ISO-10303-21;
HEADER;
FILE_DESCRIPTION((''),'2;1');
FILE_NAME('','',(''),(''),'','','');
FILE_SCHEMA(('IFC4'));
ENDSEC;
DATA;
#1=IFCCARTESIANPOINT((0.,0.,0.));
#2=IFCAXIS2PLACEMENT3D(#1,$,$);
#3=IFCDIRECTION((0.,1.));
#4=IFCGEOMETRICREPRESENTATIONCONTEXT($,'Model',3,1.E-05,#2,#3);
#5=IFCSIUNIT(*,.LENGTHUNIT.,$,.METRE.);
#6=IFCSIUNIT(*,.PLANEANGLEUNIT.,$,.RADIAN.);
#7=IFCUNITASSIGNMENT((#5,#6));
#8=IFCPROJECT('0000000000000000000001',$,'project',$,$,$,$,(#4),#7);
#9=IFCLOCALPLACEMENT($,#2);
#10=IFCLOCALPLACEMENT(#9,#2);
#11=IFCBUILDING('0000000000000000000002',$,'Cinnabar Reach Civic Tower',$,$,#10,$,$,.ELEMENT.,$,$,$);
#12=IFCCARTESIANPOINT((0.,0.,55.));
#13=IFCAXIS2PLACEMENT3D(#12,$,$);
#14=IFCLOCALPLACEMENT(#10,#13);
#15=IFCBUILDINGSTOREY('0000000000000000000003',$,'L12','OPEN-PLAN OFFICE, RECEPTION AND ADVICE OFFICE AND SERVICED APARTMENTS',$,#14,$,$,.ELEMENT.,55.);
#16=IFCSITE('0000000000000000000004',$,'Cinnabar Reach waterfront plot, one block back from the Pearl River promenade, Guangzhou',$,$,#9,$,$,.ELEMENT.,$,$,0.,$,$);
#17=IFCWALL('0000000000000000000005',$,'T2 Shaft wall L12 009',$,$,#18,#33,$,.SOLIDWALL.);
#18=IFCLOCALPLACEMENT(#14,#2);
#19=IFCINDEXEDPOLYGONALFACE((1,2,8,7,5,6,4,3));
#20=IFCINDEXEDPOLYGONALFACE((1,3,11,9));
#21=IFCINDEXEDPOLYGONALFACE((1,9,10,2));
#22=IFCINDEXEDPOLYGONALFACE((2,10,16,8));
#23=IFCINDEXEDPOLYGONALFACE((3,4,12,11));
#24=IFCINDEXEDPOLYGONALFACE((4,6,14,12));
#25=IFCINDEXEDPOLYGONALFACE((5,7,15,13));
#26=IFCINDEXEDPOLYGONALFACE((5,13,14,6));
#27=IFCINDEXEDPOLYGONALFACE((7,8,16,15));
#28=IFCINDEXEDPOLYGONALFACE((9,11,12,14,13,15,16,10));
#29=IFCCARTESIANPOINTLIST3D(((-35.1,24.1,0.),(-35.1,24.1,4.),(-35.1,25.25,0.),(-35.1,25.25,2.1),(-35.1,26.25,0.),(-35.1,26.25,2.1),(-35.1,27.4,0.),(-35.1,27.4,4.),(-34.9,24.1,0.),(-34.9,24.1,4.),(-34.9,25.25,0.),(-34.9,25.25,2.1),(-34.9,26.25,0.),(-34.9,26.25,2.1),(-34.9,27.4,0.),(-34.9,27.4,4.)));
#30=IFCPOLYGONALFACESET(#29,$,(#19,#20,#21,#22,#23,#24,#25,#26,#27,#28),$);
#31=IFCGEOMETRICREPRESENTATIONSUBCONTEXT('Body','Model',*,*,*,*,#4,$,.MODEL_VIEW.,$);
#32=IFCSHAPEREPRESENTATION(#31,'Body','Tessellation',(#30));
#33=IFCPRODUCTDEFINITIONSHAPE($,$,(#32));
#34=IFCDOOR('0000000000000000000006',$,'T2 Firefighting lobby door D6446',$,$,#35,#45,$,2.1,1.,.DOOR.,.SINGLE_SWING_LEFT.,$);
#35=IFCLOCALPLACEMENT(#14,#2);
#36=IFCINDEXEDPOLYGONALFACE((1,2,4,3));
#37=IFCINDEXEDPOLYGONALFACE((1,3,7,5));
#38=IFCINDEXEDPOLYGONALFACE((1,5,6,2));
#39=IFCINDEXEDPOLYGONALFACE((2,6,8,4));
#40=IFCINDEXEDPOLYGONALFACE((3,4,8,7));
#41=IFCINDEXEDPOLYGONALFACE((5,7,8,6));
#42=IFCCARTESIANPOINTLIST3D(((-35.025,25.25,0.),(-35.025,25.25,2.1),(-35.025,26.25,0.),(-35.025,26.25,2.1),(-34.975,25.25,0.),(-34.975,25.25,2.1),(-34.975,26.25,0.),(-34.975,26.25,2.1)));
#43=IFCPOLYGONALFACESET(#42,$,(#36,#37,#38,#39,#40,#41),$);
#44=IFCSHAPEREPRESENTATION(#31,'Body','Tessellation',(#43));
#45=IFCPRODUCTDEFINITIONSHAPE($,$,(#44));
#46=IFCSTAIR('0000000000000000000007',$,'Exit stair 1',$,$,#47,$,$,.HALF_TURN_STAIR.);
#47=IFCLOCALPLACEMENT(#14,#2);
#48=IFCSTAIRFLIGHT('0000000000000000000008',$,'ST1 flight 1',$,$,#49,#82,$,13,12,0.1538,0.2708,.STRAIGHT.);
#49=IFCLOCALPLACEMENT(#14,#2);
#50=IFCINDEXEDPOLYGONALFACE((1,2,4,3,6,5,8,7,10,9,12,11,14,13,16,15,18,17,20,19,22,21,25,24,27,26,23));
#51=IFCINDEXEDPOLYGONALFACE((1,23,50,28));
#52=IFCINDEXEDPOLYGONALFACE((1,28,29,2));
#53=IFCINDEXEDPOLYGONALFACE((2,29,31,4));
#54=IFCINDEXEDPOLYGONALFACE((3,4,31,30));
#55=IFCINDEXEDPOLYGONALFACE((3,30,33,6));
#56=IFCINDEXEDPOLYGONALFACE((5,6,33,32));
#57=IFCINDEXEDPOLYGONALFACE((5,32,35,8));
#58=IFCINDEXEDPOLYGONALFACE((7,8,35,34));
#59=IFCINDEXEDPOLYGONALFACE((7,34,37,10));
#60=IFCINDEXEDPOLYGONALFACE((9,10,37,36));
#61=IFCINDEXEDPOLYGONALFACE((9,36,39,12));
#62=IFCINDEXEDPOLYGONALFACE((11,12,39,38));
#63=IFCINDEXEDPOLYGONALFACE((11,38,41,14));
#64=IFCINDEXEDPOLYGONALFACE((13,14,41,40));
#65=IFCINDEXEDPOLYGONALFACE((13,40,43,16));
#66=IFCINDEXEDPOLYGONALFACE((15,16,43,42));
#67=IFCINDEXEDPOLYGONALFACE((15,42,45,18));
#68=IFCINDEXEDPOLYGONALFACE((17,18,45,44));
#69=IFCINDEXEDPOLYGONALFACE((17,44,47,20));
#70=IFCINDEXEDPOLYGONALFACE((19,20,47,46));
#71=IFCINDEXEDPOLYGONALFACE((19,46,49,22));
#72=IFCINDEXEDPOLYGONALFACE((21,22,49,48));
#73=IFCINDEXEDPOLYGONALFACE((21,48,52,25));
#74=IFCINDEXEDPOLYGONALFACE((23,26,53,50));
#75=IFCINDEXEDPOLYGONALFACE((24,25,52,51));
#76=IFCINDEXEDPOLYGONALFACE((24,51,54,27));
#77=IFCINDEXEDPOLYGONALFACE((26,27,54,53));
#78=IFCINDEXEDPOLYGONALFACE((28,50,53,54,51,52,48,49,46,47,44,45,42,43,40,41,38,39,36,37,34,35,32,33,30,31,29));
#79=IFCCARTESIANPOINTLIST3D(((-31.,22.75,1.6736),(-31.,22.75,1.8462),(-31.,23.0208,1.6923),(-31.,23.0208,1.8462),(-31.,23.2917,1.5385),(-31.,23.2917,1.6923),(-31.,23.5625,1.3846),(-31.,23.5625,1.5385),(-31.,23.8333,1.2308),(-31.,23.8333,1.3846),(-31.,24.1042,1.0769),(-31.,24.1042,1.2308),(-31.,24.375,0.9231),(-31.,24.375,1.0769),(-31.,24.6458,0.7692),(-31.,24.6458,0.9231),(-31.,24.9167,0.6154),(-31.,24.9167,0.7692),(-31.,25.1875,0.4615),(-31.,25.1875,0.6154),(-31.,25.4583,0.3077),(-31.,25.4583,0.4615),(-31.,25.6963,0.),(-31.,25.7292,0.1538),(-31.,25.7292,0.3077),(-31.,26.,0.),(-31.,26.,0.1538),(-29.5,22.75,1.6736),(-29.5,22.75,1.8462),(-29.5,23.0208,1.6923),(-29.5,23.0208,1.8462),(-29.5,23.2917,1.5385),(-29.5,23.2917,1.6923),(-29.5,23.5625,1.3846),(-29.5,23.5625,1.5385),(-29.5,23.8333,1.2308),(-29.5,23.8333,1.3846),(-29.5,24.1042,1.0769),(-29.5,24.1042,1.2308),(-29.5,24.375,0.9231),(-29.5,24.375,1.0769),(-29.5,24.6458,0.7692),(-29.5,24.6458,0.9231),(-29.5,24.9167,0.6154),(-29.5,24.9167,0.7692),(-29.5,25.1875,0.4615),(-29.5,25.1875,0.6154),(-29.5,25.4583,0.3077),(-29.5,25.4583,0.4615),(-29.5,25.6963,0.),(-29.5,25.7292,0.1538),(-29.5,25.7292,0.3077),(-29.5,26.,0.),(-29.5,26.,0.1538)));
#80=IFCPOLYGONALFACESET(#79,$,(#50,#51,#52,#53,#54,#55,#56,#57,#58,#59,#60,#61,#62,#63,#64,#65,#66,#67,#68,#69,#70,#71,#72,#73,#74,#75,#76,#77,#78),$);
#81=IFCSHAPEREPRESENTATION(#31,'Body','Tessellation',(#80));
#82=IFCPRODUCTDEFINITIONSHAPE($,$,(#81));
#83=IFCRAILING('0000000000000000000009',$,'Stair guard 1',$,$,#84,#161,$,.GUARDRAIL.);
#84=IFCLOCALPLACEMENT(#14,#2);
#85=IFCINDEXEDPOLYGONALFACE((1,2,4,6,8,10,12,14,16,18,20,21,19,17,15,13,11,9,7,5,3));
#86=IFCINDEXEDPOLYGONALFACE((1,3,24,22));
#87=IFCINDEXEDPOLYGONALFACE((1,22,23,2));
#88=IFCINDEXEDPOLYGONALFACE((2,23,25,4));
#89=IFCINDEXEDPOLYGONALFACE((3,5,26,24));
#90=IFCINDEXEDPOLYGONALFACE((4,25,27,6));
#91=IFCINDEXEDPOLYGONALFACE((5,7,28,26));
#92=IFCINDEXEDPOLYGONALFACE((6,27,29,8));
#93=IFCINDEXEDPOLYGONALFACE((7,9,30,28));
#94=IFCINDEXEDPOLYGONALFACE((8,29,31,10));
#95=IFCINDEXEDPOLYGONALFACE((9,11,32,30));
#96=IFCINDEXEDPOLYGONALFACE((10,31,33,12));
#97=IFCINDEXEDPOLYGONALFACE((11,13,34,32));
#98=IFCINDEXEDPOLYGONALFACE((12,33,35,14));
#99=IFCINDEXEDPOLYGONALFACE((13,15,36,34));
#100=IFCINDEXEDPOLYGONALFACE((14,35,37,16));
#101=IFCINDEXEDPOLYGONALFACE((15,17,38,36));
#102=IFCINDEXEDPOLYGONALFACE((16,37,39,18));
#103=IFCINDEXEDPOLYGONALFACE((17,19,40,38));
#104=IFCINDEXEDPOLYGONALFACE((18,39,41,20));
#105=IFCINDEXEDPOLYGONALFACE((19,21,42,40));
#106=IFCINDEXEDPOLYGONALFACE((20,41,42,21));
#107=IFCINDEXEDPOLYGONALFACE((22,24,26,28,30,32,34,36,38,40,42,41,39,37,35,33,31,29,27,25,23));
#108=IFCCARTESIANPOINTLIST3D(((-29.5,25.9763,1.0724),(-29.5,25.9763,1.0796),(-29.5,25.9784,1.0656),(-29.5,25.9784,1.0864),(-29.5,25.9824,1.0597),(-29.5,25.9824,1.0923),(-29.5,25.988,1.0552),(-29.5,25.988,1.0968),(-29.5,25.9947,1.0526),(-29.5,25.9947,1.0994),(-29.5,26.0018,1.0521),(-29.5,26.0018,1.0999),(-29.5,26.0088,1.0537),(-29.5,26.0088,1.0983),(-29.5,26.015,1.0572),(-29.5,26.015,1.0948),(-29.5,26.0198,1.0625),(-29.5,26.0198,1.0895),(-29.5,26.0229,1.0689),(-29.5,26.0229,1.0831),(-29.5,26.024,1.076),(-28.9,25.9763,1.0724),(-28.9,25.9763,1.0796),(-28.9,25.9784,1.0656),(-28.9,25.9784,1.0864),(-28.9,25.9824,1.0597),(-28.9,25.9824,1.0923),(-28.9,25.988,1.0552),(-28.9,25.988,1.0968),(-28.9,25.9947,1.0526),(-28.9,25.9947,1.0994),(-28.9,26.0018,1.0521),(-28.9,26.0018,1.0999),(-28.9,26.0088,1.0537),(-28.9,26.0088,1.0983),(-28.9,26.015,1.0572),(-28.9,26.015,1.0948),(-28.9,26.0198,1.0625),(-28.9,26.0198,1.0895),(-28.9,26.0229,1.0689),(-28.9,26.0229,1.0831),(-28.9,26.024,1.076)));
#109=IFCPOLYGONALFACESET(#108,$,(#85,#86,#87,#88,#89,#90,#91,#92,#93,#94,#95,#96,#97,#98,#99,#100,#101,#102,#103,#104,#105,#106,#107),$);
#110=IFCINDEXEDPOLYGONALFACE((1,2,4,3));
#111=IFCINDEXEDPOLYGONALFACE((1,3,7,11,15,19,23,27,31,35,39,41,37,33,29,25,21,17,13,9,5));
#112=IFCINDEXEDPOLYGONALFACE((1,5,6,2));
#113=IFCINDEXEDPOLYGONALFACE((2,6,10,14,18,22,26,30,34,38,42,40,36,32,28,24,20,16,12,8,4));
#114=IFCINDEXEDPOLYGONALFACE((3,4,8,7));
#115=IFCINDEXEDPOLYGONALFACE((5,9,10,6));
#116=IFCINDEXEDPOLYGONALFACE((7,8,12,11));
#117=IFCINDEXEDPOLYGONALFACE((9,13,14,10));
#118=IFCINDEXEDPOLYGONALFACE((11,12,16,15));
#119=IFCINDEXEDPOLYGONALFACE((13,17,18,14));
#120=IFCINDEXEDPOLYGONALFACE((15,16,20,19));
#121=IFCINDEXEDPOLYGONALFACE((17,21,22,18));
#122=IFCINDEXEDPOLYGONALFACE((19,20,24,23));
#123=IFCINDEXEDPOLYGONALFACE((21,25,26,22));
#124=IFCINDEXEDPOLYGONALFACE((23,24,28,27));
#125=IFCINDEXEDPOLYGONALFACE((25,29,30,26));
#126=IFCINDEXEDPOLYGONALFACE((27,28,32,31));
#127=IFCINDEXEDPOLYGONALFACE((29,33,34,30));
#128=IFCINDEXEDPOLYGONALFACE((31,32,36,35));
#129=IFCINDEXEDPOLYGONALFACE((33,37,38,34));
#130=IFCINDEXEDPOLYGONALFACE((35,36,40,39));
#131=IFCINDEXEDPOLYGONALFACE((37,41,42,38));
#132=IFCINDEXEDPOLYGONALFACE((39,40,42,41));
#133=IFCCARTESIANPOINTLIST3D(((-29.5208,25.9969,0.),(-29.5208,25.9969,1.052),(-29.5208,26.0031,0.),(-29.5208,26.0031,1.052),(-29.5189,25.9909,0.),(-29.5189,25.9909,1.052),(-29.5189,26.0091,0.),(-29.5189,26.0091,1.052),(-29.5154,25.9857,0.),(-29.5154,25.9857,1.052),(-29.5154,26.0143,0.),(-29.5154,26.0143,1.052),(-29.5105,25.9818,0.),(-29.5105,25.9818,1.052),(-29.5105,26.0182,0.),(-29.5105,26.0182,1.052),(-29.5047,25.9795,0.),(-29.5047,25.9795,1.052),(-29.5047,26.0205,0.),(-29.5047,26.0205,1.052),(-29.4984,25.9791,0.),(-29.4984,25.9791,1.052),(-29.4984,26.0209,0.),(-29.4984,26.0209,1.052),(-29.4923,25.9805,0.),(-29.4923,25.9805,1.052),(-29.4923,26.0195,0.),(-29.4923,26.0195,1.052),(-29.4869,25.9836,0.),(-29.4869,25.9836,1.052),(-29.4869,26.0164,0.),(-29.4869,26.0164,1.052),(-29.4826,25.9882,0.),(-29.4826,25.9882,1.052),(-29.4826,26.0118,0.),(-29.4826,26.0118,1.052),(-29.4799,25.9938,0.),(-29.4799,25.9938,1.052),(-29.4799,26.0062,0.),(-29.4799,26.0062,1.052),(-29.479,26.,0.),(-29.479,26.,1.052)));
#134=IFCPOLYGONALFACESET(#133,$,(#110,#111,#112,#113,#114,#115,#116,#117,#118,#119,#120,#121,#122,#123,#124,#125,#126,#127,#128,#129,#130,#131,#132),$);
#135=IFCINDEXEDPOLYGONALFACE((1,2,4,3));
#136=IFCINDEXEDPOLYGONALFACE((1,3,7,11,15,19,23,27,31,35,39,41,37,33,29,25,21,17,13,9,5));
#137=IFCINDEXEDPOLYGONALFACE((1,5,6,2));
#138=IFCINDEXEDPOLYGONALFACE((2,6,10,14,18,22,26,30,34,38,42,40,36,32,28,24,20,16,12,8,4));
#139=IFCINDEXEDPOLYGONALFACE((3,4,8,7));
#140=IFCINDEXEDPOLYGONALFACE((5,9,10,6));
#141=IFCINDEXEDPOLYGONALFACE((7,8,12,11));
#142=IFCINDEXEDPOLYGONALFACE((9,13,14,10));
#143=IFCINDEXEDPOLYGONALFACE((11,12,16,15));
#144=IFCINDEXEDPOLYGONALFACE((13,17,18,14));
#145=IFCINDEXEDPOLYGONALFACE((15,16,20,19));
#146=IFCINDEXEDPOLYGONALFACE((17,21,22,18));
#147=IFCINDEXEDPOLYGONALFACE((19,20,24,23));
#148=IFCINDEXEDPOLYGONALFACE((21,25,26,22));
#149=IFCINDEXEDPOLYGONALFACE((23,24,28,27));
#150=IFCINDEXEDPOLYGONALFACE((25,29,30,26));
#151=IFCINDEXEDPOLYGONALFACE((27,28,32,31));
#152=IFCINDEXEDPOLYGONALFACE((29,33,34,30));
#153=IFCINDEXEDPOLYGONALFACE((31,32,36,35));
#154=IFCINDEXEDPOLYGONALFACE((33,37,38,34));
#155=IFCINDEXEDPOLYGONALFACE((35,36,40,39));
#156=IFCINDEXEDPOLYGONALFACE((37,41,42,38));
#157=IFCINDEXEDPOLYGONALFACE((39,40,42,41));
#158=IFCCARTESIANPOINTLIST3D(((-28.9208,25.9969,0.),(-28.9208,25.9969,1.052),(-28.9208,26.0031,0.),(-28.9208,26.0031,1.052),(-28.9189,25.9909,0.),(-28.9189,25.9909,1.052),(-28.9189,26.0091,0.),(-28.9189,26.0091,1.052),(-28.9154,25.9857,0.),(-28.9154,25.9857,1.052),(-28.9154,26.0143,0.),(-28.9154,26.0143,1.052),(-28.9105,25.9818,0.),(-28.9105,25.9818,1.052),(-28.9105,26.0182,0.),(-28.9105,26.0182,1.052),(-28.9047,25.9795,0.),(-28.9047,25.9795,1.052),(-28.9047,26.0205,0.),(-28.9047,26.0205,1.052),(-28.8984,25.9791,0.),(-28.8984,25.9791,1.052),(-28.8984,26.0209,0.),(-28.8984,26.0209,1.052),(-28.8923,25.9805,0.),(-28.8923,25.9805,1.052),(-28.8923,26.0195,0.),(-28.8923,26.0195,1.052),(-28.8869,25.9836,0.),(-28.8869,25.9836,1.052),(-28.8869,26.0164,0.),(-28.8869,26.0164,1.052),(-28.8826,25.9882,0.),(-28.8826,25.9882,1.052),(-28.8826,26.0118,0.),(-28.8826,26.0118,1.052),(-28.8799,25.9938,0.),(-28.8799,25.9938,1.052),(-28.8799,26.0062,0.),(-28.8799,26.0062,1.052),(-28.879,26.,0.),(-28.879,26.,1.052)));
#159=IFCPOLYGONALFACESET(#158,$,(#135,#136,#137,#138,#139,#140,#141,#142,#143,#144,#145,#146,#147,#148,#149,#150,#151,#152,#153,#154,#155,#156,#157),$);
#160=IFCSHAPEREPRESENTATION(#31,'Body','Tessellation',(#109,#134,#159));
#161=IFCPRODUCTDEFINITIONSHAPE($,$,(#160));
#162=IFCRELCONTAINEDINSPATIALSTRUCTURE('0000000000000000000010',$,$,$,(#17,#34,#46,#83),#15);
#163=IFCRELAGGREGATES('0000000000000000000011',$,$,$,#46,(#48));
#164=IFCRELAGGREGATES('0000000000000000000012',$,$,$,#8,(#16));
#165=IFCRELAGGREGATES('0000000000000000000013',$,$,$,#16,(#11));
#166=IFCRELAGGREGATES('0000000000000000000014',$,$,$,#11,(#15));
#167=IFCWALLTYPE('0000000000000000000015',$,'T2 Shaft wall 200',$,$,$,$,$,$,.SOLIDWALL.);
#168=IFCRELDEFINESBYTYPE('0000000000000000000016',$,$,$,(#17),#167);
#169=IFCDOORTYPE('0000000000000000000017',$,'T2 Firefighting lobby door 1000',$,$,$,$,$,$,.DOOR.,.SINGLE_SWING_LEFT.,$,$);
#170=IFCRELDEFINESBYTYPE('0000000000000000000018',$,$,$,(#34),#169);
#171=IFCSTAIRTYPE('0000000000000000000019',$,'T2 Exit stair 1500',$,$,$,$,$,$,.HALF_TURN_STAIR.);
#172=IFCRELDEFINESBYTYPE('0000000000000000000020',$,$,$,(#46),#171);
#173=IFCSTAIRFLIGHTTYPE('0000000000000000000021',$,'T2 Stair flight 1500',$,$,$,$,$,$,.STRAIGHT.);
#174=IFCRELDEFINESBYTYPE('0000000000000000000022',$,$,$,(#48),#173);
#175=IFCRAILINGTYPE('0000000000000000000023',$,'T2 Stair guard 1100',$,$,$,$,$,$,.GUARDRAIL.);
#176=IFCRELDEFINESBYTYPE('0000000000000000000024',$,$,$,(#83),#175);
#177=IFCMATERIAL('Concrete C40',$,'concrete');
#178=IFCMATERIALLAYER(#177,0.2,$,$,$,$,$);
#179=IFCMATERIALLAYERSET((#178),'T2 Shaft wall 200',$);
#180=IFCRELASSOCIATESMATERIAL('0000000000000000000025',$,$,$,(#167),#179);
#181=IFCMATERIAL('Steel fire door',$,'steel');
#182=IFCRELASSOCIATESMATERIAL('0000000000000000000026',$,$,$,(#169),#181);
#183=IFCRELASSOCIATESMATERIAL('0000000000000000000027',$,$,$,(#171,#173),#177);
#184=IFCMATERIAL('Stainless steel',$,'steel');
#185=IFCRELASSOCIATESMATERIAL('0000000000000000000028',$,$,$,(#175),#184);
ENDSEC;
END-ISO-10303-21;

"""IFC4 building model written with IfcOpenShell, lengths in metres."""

from ifc_helpers import new_model, si_unit, direction, frame, frame_2d, origin, origin_2d, place, context, subcontext, project, spatial, polyline, rectangle, circle, outline, extrude, material, layer, layer_set, type_object, element, fill, aggregate, save


model = new_model("IFC4")

# Units and contexts
model_context = context("Model", 3, precision=1e-05, world=origin(), true_north=direction((0.0, 1.0)))
body_context = subcontext(model_context, "Body", "Model", "MODEL_VIEW")
ifc_project = project(units=[si_unit("LENGTHUNIT", "METRE"), si_unit("PLANEANGLEUNIT", "RADIAN")], contexts=[model_context])

# Site, building, storey
site_placement = place(None, origin())
site = spatial("IfcSite", under=ifc_project, at=site_placement, Name="Cinnabar Reach waterfront plot, one block back from the Pearl River promenade, Guangzhou", CompositionType="ELEMENT", RefElevation=0.0)
building_placement = place(site_placement, origin())
building = spatial("IfcBuilding", under=site, at=building_placement, Name="Cinnabar Reach Civic Tower", CompositionType="ELEMENT")
storey_placement = place(building_placement, frame((0.0, 0.0, 55.0)))
storey = spatial("IfcBuildingStorey", under=building, at=storey_placement, Name="L12", Description="OPEN-PLAN OFFICE, RECEPTION AND ADVICE OFFICE AND SERVICED APARTMENTS", CompositionType="ELEMENT", Elevation=55.0)

# Shared definitions
ifc_material_1 = material(Name="Steel fire door", Category="steel")

# Shared definitions
ifc_material_2 = material(Name="Concrete C40", Category="concrete")

# Shared definitions
ifc_layer_1 = layer(ifc_material_2, 0.2)
ifc_layer_set_1 = layer_set([ifc_layer_1], Name="T2 Shaft wall 200")
wall_type_1 = type_object("IfcWallType", Name="T2 Shaft wall 200", PredefinedType="SOLIDWALL", material=ifc_layer_set_1)

# Wall, opening, door
wall_1_placement = place(storey_placement, frame((-35.0, 24.1, 0.0), z_axis=(0.0, 0.0, 1.0), x_axis=(0.0, 1.0, 0.0)))
wall_1 = element("IfcWall", 1, at=wall_1_placement, inside=storey, type_object=wall_type_1, Name="T2 Shaft wall L12 009", PredefinedType="SOLIDWALL", context=body_context, shape_type="SweptSolid", body=[
    extrude(rectangle(XDim=3.3, YDim=0.2, at=frame_2d((1.65, 0.0))), origin(), (0.0, 0.0, 1.0), 4.0),
])
opening_1_placement = place(wall_1_placement, frame((1.15, 0.0, 0.0)))
opening_1 = element("IfcOpeningElement", 2, at=opening_1_placement, cuts=wall_1, PredefinedType="OPENING", context=body_context, shape_type="SweptSolid", body=[
    extrude(rectangle(XDim=1.0, YDim=2.1, at=frame_2d((0.5, 1.05))), frame((0.0, 0.11, 0.0), z_axis=(0.0, -1.0, 0.0), x_axis=(1.0, 0.0, 0.0)), (0.0, 0.0, 1.0), 0.22),
])
door_type_1 = type_object("IfcDoorType", Name="T2 Firefighting lobby door 1000", OperationType="SINGLE_SWING_LEFT", PredefinedType="DOOR", material=ifc_material_1)
door_1_placement = place(opening_1_placement, origin())
door_1 = element("IfcDoor", 3, at=door_1_placement, inside=storey, type_object=door_type_1, Name="T2 Firefighting lobby door D6446", OperationType="SINGLE_SWING_LEFT", OverallHeight=2.1, OverallWidth=1.0, PredefinedType="DOOR", context=body_context, shape_type="SweptSolid", body=[
    extrude(rectangle(XDim=1.0, YDim=2.1, at=frame_2d((0.5, 1.05))), frame((0.0, 0.025, 0.0), z_axis=(0.0, -1.0, 0.0), x_axis=(1.0, 0.0, 0.0)), (0.0, 0.0, 1.0), 0.05),
])
fill(opening_1, door_1)

# Stair, stair flight
stair_type = type_object("IfcStairType", Name="T2 Exit stair 1500", PredefinedType="HALF_TURN_STAIR", material=ifc_material_2)
stair_placement = place(storey_placement, origin())
stair = element("IfcStair", 4, at=stair_placement, inside=storey, type_object=stair_type, Name="Exit stair 1", PredefinedType="HALF_TURN_STAIR")
stair_flight_type = type_object("IfcStairFlightType", Name="T2 Stair flight 1500", PredefinedType="STRAIGHT", material=ifc_material_2)
stair_flight_placement = place(storey_placement, frame((-30.25, 26.0, 0.0), z_axis=(0.0, 0.0, 1.0), x_axis=(0.0, -1.0, 0.0)))
stair_flight = element("IfcStairFlight", 5, at=stair_flight_placement, type_object=stair_flight_type, Name="ST1 flight 1", NumberOfRisers=13, NumberOfTreads=12, PredefinedType="STRAIGHT", RiserHeight=0.1538, TreadLength=0.2708, context=body_context, shape_type="SweptSolid", body=[
    extrude(outline(polyline([(0.0, 0.0), (0.0, 0.1538), (0.2708, 0.1538), (0.2708, 0.3077), (0.5417, 0.3077), (0.5417, 0.4615), (0.8125, 0.4615), (0.8125, 0.6154), (1.0833, 0.6154), (1.0833, 0.7692), (1.3542, 0.7692), (1.3542, 0.9231), (1.625, 0.9231), (1.625, 1.0769), (1.8958, 1.0769), (1.8958, 1.2308), (2.1667, 1.2308), (2.1667, 1.3846), (2.4375, 1.3846), (2.4375, 1.5385), (2.7083, 1.5385), (2.7083, 1.6923), (2.9792, 1.6923), (2.9792, 1.8462), (3.25, 1.8462), (3.25, 2.0), (3.25, 1.6736), (0.3037, 0.0), (0.0, 0.0)])), frame((0.0, 0.75, 0.0), z_axis=(0.0, -1.0, 0.0), x_axis=(1.0, 0.0, 0.0)), (0.0, 0.0, 1.0), 1.5),
])
aggregate(stair, [stair_flight])

# Railing
ifc_material_3 = material(Name="Stainless steel", Category="steel")
railing_type = type_object("IfcRailingType", Name="T2 Stair guard 1100", PredefinedType="GUARDRAIL", material=ifc_material_3)
railing_1_placement = place(storey_placement, frame((-29.5, 26.0, 0.0)))
element("IfcRailing", 6, at=railing_1_placement, inside=storey, type_object=railing_type, Name="Stair guard 1", PredefinedType="GUARDRAIL", context=body_context, shape_type="SweptSolid", body=[
    extrude(circle(Radius=0.024, at=origin_2d()), frame((0.0, 0.0, 1.076), z_axis=(1.0, 0.0, 0.0), x_axis=(0.0, 1.0, 0.0)), (0.0, 0.0, 1.0), 0.6),
    extrude(circle(Radius=0.021, at=origin_2d()), origin(), (0.0, 0.0, 1.0), 1.052),
    extrude(circle(Radius=0.021, at=origin_2d()), frame((0.6, 0.0, 0.0)), (0.0, 0.0, 1.0), 1.052),
])

save(model, "model.ifc")
